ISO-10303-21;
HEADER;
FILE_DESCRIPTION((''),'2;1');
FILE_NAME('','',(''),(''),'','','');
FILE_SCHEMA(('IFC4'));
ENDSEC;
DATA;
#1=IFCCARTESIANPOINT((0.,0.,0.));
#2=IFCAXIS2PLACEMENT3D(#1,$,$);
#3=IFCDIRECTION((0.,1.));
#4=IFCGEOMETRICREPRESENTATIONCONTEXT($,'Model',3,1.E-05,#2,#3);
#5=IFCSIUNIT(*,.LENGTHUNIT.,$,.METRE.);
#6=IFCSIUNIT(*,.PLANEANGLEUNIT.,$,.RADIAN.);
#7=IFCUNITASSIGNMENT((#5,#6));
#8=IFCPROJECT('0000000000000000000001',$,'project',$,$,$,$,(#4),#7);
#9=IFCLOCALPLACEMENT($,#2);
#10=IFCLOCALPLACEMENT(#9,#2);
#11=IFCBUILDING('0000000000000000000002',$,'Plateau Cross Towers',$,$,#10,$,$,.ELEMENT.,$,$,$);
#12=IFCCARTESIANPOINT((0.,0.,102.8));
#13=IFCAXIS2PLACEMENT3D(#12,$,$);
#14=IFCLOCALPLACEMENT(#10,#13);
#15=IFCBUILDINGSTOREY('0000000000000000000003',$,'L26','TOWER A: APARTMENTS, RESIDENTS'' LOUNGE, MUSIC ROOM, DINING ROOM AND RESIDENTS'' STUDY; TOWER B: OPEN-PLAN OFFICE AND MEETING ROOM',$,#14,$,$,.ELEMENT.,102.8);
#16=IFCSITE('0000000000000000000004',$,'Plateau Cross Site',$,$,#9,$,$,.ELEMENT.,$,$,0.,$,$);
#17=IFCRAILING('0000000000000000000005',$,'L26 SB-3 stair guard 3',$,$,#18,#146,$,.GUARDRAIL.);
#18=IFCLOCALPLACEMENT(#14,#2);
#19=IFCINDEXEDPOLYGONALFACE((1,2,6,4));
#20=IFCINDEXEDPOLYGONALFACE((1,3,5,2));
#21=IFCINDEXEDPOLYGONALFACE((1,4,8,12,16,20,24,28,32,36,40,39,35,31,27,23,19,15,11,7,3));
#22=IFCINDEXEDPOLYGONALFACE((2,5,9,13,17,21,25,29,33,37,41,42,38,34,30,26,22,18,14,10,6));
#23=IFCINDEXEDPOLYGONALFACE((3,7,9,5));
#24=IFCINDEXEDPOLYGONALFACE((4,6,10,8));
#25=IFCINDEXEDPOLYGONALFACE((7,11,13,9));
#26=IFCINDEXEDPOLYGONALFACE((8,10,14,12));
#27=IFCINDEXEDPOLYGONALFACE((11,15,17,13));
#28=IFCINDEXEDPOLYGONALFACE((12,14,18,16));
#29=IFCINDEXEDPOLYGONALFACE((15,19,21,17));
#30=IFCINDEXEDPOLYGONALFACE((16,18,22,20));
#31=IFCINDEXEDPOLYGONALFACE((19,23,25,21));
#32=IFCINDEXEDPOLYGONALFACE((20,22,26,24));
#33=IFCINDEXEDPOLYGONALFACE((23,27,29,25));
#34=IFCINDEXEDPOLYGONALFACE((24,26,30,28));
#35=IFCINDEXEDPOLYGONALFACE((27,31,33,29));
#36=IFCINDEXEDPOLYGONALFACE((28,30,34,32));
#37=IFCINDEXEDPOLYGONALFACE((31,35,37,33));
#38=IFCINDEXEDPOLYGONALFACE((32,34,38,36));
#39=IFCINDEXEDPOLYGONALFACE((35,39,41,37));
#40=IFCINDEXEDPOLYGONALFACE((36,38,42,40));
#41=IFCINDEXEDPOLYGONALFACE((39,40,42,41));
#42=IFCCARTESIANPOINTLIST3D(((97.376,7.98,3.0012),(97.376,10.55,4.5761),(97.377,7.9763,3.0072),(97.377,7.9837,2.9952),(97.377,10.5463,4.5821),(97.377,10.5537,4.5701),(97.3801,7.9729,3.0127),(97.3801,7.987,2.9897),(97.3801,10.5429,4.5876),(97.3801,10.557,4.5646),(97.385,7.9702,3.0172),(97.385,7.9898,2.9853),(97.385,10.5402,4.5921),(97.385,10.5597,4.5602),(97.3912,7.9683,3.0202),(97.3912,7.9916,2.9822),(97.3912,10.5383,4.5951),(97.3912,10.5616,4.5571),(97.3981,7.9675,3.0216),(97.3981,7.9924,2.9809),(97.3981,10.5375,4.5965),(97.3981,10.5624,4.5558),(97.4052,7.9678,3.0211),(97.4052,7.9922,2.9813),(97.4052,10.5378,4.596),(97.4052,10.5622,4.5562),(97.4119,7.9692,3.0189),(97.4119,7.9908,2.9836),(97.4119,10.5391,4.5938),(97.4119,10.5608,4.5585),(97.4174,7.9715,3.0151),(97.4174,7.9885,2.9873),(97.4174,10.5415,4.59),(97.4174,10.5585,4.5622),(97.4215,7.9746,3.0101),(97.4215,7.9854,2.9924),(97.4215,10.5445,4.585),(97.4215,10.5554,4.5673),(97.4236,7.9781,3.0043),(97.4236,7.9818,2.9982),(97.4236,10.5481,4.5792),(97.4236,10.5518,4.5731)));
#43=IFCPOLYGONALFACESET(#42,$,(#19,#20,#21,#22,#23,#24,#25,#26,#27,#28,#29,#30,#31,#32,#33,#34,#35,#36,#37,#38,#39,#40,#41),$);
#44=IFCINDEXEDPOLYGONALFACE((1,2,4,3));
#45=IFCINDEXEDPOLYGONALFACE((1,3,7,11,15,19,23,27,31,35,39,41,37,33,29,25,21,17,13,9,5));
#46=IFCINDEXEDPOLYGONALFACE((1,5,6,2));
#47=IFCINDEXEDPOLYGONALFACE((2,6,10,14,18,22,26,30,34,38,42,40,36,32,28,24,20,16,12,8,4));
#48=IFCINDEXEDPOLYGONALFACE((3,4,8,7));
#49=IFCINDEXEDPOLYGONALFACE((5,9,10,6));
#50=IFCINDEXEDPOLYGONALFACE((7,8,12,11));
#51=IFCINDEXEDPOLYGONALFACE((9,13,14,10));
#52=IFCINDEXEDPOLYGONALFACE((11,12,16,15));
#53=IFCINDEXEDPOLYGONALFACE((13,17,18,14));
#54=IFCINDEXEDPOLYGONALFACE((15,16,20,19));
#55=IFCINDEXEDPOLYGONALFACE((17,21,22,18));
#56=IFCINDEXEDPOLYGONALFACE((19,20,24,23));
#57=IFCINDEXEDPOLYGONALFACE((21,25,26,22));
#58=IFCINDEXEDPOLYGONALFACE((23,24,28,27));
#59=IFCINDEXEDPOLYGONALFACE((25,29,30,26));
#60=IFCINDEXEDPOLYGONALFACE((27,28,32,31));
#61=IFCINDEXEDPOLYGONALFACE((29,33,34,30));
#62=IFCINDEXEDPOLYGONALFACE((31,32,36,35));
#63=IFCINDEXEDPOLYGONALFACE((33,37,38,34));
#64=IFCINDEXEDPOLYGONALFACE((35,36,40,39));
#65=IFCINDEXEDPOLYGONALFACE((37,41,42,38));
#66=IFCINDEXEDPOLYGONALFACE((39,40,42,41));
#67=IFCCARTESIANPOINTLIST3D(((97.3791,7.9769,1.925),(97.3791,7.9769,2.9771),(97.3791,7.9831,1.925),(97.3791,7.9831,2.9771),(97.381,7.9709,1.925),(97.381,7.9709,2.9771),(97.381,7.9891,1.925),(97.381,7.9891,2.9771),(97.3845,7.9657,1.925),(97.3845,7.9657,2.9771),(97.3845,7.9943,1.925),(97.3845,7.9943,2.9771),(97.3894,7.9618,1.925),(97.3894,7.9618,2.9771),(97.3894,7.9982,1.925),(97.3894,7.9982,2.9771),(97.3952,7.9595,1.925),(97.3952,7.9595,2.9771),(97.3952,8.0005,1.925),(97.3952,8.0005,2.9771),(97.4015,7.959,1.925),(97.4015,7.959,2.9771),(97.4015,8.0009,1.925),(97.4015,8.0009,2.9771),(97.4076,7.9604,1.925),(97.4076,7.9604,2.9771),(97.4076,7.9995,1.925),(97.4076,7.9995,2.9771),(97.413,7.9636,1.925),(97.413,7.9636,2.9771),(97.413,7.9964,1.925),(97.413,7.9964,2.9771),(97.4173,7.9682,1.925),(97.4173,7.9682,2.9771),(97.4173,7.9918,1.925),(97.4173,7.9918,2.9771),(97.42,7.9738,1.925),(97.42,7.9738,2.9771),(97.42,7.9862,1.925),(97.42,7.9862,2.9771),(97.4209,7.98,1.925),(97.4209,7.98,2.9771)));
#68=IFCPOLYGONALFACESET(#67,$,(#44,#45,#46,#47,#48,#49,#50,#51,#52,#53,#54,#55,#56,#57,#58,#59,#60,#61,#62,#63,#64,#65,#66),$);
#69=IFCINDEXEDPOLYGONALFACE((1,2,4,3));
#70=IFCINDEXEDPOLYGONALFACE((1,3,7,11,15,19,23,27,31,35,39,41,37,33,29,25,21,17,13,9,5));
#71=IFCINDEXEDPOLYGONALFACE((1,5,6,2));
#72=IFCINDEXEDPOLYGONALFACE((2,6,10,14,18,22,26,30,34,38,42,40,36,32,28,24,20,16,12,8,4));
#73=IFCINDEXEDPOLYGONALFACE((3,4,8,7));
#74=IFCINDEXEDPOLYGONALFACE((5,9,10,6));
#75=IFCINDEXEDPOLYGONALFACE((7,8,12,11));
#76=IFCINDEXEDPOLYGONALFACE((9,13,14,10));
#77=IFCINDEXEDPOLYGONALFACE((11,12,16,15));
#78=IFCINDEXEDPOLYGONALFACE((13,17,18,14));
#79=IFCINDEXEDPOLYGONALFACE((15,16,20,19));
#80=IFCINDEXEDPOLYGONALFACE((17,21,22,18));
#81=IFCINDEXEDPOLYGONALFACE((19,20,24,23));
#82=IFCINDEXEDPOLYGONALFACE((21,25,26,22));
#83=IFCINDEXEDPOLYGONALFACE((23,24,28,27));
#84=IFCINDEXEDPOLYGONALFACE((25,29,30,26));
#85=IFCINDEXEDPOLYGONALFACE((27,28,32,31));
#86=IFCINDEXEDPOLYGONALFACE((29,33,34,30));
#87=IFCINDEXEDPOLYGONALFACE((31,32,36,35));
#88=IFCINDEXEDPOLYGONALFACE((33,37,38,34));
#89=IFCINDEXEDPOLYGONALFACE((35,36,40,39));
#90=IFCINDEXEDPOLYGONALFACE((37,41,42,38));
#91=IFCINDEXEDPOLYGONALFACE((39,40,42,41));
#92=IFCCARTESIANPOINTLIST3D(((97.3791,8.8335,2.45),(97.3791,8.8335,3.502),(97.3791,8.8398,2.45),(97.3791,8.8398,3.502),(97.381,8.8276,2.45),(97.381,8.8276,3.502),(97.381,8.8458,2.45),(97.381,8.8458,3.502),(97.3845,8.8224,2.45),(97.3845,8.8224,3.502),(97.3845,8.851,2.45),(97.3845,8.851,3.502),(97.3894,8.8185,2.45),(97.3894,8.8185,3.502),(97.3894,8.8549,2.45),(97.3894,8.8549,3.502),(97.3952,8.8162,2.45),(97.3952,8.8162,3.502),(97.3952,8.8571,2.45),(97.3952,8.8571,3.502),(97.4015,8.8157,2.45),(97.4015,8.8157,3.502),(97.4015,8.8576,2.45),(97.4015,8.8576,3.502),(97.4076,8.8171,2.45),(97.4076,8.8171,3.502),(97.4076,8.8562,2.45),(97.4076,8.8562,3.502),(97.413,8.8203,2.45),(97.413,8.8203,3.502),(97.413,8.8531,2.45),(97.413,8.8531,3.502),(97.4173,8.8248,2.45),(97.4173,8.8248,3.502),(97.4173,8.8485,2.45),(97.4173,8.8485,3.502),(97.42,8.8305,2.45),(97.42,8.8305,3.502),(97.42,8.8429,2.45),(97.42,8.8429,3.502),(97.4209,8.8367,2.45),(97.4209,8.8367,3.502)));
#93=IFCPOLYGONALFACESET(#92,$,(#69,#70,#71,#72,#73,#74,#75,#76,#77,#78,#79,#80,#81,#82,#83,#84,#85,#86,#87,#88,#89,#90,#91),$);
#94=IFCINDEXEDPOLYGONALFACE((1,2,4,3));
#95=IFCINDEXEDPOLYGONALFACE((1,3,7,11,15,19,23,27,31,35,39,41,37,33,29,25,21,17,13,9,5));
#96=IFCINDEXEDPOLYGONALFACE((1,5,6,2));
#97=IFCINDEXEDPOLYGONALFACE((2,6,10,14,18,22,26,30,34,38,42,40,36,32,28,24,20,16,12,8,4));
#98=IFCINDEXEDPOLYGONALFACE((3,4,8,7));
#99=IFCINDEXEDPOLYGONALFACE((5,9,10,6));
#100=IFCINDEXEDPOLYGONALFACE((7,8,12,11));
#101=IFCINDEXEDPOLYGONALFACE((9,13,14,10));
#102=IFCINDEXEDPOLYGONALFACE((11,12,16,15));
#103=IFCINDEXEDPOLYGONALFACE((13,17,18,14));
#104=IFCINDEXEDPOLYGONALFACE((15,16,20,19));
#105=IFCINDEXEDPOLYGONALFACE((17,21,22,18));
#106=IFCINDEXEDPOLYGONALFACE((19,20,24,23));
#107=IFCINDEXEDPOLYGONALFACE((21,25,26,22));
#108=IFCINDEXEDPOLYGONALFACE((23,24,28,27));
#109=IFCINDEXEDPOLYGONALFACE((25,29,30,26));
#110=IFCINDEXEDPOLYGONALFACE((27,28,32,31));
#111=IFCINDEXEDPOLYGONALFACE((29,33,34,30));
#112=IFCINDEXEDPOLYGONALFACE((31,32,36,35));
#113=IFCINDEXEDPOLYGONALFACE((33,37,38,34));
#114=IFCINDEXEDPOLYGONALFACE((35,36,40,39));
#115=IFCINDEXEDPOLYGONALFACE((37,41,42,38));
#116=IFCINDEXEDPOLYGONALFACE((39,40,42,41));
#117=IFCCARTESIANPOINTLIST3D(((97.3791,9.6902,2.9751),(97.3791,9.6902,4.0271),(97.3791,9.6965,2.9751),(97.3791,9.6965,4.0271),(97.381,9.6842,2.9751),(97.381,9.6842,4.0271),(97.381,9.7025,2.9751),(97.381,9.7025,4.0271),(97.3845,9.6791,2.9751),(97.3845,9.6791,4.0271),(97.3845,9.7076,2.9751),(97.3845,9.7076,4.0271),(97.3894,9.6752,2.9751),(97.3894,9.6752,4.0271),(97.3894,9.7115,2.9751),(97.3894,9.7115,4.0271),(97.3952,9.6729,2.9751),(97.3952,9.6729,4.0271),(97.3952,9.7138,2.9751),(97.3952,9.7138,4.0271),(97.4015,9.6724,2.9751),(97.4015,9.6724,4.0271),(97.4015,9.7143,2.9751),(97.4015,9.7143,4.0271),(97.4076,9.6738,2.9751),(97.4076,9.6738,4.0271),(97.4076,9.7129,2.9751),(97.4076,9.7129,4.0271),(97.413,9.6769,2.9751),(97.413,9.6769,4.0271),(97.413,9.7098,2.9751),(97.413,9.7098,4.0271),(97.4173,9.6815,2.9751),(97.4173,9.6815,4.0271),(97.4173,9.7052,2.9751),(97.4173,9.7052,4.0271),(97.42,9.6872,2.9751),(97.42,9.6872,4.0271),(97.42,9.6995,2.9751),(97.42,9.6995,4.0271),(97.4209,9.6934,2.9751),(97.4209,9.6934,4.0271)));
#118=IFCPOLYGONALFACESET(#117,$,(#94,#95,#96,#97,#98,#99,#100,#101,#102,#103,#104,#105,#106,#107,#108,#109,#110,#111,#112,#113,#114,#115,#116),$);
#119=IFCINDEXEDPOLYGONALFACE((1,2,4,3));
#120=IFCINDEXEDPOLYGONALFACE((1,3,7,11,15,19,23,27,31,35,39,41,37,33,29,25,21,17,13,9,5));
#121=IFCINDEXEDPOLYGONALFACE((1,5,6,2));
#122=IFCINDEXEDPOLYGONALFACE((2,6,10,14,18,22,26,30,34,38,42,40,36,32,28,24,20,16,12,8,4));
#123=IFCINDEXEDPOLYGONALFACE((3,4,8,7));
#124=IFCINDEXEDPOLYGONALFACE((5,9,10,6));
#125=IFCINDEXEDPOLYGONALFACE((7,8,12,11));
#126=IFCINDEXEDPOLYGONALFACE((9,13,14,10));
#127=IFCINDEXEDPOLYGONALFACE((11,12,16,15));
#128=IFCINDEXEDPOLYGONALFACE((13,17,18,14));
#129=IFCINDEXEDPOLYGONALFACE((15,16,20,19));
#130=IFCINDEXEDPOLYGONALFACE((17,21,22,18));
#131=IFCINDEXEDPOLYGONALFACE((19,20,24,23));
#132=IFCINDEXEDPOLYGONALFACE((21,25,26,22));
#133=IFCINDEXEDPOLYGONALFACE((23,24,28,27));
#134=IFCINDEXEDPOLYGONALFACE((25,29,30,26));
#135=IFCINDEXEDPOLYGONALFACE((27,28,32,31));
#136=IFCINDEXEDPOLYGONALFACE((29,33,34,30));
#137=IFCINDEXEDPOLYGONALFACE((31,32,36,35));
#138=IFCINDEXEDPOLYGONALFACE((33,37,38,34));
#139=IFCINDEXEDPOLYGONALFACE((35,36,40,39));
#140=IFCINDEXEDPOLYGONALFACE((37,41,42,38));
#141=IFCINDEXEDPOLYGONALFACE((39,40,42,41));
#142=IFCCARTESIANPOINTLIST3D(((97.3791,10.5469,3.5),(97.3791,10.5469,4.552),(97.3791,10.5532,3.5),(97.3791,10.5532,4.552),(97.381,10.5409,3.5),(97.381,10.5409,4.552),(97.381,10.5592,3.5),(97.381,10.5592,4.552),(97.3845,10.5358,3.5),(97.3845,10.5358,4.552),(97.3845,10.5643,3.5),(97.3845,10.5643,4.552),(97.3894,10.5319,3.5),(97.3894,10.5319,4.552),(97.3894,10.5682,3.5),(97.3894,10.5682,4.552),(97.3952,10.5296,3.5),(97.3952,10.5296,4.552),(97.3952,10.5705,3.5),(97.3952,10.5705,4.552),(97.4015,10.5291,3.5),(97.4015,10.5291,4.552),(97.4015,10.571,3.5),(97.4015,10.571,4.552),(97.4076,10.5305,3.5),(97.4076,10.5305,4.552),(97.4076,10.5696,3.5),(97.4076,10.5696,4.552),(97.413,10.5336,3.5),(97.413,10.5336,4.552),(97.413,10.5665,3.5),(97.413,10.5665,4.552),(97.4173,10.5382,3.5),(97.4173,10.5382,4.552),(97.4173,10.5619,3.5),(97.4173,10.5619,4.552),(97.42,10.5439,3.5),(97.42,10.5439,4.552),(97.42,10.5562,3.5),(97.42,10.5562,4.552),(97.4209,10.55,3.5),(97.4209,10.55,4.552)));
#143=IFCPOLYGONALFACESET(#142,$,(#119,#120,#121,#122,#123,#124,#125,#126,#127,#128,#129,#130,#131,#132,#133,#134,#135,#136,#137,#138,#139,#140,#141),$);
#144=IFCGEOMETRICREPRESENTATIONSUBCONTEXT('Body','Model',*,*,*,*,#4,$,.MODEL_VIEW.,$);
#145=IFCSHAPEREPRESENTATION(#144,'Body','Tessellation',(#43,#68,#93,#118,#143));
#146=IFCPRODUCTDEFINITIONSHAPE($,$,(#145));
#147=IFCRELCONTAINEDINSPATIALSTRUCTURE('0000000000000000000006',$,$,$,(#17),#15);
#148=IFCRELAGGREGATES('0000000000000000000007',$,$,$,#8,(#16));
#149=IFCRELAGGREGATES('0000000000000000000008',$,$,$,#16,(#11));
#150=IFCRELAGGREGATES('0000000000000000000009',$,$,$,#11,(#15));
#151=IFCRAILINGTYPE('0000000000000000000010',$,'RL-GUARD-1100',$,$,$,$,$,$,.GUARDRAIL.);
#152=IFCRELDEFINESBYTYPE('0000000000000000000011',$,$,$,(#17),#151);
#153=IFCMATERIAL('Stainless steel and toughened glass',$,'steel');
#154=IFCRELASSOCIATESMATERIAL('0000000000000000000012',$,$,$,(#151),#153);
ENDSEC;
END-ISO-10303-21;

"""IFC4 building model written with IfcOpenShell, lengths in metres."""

from ifc_helpers import new_model, si_unit, direction, frame, origin, origin_2d, place, context, subcontext, project, spatial, circle, extrude, material, type_object, element, save


model = new_model("IFC4")

# Units and contexts
model_context = context("Model", 3, precision=1e-05, world=origin(), true_north=direction((0.0, 1.0)))
body_context = subcontext(model_context, "Body", "Model", "MODEL_VIEW")
ifc_project = project(units=[si_unit("LENGTHUNIT", "METRE"), si_unit("PLANEANGLEUNIT", "RADIAN")], contexts=[model_context])

# Site, building, storey
site_placement = place(None, origin())
site = spatial("IfcSite", under=ifc_project, at=site_placement, Name="Plateau Cross Site", CompositionType="ELEMENT", RefElevation=0.0)
building_placement = place(site_placement, origin())
building = spatial("IfcBuilding", under=site, at=building_placement, Name="Plateau Cross Towers", CompositionType="ELEMENT")
storey_placement = place(building_placement, frame((0.0, 0.0, 102.8)))
storey = spatial("IfcBuildingStorey", under=building, at=storey_placement, Name="L26", Description="TOWER A: APARTMENTS, RESIDENTS' LOUNGE, MUSIC ROOM, DINING ROOM AND RESIDENTS' STUDY; TOWER B: OPEN-PLAN OFFICE AND MEETING ROOM", CompositionType="ELEMENT", Elevation=102.8)

# Railing
ifc_material_1 = material(Name="Stainless steel and toughened glass", Category="steel")
railing_type_1 = type_object("IfcRailingType", Name="RL-GUARD-1100", PredefinedType="GUARDRAIL", material=ifc_material_1)
railing_1_placement = place(storey_placement, frame((97.3999, 7.98, 1.925)))
element("IfcRailing", 1, at=railing_1_placement, inside=storey, type_object=railing_type_1, Name="L26 SB-3 stair guard 3", PredefinedType="GUARDRAIL", context=body_context, shape_type="SweptSolid", body=[
    extrude(circle(Radius=0.0239, at=origin_2d()), frame((0.0, 0.0, 1.0762), z_axis=(0.0, 0.852639, 0.522501), x_axis=(-1.0, 0.0, 0.0)), (0.0, 0.0, 1.0), 3.0142),
    extrude(circle(Radius=0.021, at=origin_2d()), origin(), (0.0, 0.0, 1.0), 1.052),
    extrude(circle(Radius=0.021, at=origin_2d()), frame((0.0, 0.8567, 0.5249)), (0.0, 0.0, 1.0), 1.052),
    extrude(circle(Radius=0.021, at=origin_2d()), frame((0.0, 1.7134, 1.05)), (0.0, 0.0, 1.0), 1.052),
    extrude(circle(Radius=0.021, at=origin_2d()), frame((0.0, 2.5701, 1.575)), (0.0, 0.0, 1.0), 1.052),
])

save(model, "model.ifc")
